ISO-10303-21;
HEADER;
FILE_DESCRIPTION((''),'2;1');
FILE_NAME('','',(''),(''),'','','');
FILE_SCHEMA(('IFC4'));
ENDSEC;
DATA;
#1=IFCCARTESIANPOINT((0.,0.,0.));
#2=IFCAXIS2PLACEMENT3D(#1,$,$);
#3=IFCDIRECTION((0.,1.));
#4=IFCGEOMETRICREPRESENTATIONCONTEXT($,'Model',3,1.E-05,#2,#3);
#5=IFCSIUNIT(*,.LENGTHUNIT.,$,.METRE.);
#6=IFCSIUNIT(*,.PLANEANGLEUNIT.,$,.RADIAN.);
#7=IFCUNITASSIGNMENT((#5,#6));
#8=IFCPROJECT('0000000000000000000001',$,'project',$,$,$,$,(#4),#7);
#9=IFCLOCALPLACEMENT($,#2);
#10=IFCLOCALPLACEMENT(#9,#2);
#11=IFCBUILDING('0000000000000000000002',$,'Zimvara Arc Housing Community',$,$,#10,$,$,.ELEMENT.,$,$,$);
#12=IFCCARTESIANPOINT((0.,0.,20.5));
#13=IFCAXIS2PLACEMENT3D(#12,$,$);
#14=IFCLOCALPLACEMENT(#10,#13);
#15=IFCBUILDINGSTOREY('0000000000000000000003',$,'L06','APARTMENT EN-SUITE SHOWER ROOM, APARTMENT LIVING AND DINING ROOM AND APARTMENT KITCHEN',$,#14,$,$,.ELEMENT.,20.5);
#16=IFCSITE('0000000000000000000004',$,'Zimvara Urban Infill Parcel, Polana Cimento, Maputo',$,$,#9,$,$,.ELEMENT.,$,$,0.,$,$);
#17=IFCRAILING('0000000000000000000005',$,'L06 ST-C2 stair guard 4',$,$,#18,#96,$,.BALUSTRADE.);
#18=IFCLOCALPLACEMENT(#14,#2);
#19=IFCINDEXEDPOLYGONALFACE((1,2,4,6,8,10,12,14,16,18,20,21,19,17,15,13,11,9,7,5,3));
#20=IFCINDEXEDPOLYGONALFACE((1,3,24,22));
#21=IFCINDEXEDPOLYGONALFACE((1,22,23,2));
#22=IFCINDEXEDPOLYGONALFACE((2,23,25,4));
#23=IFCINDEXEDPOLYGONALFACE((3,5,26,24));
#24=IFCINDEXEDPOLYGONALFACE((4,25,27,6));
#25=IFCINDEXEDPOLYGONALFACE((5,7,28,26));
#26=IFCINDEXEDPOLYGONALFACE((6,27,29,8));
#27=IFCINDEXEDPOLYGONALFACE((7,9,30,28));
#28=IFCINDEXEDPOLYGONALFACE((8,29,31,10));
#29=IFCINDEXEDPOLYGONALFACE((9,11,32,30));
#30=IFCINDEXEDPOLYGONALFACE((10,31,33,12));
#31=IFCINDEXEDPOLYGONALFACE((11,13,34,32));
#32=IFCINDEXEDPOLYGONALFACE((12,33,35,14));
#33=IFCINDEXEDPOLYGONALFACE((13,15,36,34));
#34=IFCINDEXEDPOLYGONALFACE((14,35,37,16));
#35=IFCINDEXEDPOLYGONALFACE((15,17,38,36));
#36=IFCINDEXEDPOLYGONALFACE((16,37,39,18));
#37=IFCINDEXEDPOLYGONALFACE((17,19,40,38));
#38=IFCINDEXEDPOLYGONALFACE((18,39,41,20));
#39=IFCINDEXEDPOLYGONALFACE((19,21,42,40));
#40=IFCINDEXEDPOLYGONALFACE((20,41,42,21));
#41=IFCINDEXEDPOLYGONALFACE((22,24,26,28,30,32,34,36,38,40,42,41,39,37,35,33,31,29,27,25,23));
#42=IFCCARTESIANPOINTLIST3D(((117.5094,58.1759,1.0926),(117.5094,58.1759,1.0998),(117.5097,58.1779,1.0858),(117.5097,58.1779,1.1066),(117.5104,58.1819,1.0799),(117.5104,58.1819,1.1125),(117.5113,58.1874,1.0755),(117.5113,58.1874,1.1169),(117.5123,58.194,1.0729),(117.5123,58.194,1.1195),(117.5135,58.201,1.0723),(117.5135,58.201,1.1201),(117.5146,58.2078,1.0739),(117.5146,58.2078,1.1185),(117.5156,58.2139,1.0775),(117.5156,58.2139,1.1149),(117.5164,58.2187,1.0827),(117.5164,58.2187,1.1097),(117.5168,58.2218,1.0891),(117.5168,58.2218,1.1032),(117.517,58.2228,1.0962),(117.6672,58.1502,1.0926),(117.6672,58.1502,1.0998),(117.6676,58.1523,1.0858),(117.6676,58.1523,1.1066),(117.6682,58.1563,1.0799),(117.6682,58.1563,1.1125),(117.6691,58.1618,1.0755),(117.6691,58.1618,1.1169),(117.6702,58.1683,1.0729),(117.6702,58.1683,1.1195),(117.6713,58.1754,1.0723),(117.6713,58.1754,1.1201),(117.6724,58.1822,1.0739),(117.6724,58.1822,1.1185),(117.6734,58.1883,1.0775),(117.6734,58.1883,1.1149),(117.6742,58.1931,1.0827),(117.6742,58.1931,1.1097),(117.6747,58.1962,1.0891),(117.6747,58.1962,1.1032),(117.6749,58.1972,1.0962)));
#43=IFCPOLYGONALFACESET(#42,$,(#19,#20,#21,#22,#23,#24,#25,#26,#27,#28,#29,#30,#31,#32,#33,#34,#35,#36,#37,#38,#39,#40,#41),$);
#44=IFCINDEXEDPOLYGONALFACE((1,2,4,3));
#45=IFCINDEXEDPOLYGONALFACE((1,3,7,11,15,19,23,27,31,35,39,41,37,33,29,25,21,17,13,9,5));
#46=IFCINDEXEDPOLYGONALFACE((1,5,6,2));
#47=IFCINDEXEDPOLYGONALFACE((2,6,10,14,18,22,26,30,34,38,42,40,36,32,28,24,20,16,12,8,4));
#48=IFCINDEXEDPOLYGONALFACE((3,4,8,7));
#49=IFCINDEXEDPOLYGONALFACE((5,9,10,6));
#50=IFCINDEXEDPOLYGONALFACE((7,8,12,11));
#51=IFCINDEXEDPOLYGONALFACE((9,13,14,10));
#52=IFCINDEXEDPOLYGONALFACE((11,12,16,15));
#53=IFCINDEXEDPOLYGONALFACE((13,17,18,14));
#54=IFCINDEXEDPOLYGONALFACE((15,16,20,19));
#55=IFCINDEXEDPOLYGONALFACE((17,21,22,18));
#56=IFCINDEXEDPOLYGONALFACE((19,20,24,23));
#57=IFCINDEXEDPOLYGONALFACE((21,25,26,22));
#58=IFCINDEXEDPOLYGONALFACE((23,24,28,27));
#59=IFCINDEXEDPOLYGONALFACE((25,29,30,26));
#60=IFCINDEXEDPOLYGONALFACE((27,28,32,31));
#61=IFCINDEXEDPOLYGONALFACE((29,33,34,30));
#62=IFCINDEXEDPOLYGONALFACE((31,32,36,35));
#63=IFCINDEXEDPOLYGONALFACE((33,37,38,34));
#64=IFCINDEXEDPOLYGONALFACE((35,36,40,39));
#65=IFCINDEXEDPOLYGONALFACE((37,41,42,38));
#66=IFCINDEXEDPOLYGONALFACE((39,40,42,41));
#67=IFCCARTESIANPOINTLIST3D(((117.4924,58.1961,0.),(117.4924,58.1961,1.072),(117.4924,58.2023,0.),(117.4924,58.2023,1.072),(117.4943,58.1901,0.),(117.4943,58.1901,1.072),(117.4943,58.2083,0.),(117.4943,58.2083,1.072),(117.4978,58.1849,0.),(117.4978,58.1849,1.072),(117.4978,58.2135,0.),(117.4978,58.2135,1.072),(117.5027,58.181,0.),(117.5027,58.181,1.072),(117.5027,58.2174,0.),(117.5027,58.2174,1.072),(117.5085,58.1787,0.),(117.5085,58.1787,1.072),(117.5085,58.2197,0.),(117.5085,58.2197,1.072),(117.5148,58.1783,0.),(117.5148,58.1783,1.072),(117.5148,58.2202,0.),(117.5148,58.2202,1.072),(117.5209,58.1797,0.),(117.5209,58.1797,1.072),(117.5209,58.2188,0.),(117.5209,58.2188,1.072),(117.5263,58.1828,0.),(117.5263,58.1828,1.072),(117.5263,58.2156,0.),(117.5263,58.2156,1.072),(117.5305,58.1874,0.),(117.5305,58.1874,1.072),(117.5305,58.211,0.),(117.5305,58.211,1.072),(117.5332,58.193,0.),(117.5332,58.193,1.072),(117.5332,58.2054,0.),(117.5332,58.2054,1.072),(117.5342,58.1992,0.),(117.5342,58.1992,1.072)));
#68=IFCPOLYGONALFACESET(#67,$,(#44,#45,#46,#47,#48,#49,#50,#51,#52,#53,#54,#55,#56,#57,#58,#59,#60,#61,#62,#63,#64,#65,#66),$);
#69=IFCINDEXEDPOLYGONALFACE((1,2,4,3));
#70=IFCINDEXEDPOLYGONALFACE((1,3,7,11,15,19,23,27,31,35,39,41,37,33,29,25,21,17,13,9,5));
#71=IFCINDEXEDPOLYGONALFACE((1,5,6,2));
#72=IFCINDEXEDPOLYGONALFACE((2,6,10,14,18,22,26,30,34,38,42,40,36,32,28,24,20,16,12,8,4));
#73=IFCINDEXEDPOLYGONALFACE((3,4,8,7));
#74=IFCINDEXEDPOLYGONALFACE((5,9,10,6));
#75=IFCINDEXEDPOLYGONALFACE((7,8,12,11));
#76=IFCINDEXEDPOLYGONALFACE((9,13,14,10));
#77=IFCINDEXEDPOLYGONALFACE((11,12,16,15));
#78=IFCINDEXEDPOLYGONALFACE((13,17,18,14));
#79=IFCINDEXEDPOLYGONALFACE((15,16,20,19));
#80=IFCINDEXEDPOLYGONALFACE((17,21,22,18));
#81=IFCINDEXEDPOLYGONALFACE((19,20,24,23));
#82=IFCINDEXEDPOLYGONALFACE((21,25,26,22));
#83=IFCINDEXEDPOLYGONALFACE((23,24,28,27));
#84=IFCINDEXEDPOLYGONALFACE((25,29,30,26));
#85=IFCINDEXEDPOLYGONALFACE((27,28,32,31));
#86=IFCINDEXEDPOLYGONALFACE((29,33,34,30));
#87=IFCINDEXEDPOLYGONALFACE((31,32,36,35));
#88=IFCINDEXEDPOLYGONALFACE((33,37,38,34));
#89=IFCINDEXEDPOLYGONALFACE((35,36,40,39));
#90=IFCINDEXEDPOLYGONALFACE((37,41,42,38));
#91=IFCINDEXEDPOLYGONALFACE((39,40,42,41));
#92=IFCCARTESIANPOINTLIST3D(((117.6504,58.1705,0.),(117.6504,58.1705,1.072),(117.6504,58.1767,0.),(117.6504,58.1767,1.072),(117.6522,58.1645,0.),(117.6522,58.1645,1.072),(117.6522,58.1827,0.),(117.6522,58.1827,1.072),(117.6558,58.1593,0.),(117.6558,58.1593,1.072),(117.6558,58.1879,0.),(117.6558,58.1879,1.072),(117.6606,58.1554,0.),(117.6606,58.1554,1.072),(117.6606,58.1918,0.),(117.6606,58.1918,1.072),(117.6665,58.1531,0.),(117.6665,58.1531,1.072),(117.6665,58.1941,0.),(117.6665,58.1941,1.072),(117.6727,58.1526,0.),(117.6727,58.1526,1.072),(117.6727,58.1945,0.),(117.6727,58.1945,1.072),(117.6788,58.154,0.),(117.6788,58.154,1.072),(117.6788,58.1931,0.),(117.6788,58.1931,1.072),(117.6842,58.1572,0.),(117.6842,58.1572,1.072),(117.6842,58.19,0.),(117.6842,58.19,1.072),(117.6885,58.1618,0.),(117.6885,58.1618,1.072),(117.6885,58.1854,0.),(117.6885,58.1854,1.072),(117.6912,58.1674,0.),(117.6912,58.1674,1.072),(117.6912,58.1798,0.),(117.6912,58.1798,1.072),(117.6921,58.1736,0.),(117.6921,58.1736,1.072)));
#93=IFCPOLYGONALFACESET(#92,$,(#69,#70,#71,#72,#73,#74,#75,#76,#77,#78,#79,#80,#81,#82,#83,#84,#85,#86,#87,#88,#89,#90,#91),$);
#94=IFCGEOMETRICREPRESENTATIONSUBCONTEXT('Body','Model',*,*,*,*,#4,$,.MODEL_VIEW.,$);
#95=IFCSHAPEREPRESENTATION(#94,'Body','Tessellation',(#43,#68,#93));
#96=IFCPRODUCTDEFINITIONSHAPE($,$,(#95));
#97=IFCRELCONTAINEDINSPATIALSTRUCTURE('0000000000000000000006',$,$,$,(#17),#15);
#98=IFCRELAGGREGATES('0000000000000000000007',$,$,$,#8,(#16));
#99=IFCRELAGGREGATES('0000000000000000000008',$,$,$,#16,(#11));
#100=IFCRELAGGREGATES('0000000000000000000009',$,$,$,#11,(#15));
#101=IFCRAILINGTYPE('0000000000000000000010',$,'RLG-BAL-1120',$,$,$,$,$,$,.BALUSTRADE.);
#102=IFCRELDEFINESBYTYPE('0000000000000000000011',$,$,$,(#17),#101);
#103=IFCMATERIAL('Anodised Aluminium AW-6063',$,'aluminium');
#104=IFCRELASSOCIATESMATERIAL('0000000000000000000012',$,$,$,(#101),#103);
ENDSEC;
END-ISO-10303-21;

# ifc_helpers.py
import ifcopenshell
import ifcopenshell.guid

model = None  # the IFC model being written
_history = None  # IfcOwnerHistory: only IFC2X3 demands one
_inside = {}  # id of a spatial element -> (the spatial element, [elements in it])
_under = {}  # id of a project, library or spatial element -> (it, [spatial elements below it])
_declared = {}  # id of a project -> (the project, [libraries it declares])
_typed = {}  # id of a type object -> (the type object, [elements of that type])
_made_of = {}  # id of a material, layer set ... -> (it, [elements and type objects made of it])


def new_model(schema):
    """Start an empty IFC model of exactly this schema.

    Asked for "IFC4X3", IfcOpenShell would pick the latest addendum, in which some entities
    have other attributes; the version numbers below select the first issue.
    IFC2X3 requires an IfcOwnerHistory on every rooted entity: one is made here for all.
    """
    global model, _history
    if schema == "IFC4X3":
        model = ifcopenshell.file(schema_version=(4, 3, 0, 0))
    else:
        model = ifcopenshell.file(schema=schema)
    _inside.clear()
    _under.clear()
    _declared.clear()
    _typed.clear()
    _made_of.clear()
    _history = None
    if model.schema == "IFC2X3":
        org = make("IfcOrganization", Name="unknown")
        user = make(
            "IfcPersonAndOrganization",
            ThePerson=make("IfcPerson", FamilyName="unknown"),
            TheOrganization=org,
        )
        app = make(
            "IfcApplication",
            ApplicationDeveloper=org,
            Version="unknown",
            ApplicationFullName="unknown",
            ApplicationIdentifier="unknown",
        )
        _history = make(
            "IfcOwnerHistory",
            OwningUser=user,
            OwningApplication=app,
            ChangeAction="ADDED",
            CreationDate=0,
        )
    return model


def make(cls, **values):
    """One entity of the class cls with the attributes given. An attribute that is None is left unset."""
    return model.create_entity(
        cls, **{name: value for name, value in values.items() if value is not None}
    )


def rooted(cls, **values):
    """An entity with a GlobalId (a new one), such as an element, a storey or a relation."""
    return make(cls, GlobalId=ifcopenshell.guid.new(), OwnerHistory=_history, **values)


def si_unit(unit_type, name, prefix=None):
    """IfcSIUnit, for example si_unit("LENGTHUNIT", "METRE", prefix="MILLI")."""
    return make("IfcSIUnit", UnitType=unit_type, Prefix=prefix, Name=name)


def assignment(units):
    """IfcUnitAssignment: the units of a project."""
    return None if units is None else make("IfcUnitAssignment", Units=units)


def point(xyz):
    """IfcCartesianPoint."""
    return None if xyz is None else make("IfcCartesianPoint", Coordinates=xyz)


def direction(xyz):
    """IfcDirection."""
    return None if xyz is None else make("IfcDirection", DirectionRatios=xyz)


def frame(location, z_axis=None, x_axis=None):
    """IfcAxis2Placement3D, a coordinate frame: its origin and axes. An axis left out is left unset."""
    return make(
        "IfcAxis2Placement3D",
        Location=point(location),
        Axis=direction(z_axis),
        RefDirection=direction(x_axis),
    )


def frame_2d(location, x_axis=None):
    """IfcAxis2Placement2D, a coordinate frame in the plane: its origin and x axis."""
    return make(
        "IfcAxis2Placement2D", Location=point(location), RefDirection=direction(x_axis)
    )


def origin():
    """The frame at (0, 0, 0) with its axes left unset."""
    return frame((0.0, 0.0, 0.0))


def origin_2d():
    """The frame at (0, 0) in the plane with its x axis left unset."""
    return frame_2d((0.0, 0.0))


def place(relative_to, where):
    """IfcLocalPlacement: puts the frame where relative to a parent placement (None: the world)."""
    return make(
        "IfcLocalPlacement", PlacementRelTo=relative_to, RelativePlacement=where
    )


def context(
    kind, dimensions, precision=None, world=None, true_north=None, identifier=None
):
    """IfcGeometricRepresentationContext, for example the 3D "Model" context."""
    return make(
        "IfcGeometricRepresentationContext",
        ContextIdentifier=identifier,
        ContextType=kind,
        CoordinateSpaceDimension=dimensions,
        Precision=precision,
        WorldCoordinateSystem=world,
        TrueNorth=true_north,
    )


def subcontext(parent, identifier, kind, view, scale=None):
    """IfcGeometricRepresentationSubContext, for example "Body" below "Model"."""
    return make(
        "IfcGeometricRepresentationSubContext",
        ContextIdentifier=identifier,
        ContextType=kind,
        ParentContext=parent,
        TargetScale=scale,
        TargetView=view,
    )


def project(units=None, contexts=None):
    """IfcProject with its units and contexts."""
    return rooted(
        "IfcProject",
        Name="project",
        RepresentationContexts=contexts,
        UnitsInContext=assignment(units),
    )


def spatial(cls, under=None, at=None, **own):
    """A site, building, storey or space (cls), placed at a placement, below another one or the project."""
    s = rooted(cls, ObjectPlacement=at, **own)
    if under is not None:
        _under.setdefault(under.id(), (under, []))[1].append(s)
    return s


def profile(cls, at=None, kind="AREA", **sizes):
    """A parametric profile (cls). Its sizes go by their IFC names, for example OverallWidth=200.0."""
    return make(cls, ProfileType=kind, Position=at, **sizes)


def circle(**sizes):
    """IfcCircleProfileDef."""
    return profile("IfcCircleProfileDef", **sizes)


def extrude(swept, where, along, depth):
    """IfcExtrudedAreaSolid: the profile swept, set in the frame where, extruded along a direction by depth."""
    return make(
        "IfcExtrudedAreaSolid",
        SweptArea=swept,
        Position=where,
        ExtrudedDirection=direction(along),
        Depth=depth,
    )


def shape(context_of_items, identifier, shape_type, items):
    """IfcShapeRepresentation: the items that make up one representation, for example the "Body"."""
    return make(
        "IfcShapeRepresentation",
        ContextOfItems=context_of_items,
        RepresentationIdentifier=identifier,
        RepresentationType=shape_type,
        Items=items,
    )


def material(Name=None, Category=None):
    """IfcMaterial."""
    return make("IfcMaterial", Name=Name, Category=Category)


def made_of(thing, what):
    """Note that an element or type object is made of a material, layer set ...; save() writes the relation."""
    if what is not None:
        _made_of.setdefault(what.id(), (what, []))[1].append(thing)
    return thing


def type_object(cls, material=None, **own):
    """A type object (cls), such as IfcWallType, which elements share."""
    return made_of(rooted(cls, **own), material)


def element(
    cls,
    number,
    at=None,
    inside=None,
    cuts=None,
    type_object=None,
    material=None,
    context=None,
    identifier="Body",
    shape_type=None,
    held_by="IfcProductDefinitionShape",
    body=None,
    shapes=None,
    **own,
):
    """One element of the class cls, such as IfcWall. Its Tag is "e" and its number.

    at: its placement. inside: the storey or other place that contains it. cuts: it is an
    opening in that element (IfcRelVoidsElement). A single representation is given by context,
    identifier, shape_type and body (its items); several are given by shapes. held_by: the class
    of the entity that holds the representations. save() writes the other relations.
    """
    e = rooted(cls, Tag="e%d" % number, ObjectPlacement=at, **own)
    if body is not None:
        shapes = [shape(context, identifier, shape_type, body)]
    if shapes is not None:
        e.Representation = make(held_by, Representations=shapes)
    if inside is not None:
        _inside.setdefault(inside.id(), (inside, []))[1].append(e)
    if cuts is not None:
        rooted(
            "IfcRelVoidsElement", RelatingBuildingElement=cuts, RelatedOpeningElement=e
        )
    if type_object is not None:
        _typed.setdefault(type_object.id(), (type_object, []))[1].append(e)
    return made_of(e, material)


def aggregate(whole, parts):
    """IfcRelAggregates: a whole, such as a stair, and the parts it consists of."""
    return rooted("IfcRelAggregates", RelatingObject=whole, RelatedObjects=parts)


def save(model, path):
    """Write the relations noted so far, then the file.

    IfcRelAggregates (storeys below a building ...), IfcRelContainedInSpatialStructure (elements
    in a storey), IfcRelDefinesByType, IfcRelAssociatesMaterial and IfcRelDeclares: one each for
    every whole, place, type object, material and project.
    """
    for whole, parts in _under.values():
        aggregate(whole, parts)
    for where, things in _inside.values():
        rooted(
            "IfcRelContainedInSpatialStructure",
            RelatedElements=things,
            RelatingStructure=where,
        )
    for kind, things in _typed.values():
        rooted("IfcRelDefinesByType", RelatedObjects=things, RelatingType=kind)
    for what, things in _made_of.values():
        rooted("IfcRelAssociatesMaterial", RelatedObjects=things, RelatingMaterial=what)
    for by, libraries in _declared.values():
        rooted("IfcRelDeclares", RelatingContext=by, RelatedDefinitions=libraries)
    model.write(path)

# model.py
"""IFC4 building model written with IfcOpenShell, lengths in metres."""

from ifc_helpers import new_model, si_unit, direction, frame, origin, origin_2d, place, context, subcontext, project, spatial, circle, extrude, material, type_object, element, save


model = new_model("IFC4")

# Units and contexts
model_context = context("Model", 3, precision=1e-05, world=origin(), true_north=direction((0.0, 1.0)))
body_context = subcontext(model_context, "Body", "Model", "MODEL_VIEW")
ifc_project = project(units=[si_unit("LENGTHUNIT", "METRE"), si_unit("PLANEANGLEUNIT", "RADIAN")], contexts=[model_context])

# Site, building, storey
site_placement = place(None, origin())
site = spatial("IfcSite", under=ifc_project, at=site_placement, Name="Zimvara Urban Infill Parcel, Polana Cimento, Maputo", CompositionType="ELEMENT", RefElevation=0.0)
building_placement = place(site_placement, origin())
building = spatial("IfcBuilding", under=site, at=building_placement, Name="Zimvara Arc Housing Community", CompositionType="ELEMENT")
storey_placement = place(building_placement, frame((0.0, 0.0, 20.5)))
storey = spatial("IfcBuildingStorey", under=building, at=storey_placement, Name="L06", Description="APARTMENT EN-SUITE SHOWER ROOM, APARTMENT LIVING AND DINING ROOM AND APARTMENT KITCHEN", CompositionType="ELEMENT", Elevation=20.5)

# Railing
ifc_material_1 = material(Name="Anodised Aluminium AW-6063", Category="aluminium")
railing_type_1 = type_object("IfcRailingType", Name="RLG-BAL-1120", PredefinedType="BALUSTRADE", material=ifc_material_1)
railing_1_placement = place(storey_placement, frame((117.5132, 58.1992, 0.0)))
element("IfcRailing", 1, at=railing_1_placement, inside=storey, type_object=railing_type_1, Name="L06 ST-C2 stair guard 4", PredefinedType="BALUSTRADE", context=body_context, shape_type="SweptSolid", body=[
    extrude(circle(Radius=0.0239, at=origin_2d()), frame((0.0, 0.0, 1.0962), z_axis=(0.987086, -0.160192, 0.0), x_axis=(0.160192, 0.987086, 0.0)), (0.0, 0.0, 1.0), 0.1599),
    extrude(circle(Radius=0.021, at=origin_2d()), origin(), (0.0, 0.0, 1.0), 1.072),
    extrude(circle(Radius=0.021, at=origin_2d()), frame((0.158, -0.0256, 0.0)), (0.0, 0.0, 1.0), 1.072),
])

save(model, "model.ifc")
